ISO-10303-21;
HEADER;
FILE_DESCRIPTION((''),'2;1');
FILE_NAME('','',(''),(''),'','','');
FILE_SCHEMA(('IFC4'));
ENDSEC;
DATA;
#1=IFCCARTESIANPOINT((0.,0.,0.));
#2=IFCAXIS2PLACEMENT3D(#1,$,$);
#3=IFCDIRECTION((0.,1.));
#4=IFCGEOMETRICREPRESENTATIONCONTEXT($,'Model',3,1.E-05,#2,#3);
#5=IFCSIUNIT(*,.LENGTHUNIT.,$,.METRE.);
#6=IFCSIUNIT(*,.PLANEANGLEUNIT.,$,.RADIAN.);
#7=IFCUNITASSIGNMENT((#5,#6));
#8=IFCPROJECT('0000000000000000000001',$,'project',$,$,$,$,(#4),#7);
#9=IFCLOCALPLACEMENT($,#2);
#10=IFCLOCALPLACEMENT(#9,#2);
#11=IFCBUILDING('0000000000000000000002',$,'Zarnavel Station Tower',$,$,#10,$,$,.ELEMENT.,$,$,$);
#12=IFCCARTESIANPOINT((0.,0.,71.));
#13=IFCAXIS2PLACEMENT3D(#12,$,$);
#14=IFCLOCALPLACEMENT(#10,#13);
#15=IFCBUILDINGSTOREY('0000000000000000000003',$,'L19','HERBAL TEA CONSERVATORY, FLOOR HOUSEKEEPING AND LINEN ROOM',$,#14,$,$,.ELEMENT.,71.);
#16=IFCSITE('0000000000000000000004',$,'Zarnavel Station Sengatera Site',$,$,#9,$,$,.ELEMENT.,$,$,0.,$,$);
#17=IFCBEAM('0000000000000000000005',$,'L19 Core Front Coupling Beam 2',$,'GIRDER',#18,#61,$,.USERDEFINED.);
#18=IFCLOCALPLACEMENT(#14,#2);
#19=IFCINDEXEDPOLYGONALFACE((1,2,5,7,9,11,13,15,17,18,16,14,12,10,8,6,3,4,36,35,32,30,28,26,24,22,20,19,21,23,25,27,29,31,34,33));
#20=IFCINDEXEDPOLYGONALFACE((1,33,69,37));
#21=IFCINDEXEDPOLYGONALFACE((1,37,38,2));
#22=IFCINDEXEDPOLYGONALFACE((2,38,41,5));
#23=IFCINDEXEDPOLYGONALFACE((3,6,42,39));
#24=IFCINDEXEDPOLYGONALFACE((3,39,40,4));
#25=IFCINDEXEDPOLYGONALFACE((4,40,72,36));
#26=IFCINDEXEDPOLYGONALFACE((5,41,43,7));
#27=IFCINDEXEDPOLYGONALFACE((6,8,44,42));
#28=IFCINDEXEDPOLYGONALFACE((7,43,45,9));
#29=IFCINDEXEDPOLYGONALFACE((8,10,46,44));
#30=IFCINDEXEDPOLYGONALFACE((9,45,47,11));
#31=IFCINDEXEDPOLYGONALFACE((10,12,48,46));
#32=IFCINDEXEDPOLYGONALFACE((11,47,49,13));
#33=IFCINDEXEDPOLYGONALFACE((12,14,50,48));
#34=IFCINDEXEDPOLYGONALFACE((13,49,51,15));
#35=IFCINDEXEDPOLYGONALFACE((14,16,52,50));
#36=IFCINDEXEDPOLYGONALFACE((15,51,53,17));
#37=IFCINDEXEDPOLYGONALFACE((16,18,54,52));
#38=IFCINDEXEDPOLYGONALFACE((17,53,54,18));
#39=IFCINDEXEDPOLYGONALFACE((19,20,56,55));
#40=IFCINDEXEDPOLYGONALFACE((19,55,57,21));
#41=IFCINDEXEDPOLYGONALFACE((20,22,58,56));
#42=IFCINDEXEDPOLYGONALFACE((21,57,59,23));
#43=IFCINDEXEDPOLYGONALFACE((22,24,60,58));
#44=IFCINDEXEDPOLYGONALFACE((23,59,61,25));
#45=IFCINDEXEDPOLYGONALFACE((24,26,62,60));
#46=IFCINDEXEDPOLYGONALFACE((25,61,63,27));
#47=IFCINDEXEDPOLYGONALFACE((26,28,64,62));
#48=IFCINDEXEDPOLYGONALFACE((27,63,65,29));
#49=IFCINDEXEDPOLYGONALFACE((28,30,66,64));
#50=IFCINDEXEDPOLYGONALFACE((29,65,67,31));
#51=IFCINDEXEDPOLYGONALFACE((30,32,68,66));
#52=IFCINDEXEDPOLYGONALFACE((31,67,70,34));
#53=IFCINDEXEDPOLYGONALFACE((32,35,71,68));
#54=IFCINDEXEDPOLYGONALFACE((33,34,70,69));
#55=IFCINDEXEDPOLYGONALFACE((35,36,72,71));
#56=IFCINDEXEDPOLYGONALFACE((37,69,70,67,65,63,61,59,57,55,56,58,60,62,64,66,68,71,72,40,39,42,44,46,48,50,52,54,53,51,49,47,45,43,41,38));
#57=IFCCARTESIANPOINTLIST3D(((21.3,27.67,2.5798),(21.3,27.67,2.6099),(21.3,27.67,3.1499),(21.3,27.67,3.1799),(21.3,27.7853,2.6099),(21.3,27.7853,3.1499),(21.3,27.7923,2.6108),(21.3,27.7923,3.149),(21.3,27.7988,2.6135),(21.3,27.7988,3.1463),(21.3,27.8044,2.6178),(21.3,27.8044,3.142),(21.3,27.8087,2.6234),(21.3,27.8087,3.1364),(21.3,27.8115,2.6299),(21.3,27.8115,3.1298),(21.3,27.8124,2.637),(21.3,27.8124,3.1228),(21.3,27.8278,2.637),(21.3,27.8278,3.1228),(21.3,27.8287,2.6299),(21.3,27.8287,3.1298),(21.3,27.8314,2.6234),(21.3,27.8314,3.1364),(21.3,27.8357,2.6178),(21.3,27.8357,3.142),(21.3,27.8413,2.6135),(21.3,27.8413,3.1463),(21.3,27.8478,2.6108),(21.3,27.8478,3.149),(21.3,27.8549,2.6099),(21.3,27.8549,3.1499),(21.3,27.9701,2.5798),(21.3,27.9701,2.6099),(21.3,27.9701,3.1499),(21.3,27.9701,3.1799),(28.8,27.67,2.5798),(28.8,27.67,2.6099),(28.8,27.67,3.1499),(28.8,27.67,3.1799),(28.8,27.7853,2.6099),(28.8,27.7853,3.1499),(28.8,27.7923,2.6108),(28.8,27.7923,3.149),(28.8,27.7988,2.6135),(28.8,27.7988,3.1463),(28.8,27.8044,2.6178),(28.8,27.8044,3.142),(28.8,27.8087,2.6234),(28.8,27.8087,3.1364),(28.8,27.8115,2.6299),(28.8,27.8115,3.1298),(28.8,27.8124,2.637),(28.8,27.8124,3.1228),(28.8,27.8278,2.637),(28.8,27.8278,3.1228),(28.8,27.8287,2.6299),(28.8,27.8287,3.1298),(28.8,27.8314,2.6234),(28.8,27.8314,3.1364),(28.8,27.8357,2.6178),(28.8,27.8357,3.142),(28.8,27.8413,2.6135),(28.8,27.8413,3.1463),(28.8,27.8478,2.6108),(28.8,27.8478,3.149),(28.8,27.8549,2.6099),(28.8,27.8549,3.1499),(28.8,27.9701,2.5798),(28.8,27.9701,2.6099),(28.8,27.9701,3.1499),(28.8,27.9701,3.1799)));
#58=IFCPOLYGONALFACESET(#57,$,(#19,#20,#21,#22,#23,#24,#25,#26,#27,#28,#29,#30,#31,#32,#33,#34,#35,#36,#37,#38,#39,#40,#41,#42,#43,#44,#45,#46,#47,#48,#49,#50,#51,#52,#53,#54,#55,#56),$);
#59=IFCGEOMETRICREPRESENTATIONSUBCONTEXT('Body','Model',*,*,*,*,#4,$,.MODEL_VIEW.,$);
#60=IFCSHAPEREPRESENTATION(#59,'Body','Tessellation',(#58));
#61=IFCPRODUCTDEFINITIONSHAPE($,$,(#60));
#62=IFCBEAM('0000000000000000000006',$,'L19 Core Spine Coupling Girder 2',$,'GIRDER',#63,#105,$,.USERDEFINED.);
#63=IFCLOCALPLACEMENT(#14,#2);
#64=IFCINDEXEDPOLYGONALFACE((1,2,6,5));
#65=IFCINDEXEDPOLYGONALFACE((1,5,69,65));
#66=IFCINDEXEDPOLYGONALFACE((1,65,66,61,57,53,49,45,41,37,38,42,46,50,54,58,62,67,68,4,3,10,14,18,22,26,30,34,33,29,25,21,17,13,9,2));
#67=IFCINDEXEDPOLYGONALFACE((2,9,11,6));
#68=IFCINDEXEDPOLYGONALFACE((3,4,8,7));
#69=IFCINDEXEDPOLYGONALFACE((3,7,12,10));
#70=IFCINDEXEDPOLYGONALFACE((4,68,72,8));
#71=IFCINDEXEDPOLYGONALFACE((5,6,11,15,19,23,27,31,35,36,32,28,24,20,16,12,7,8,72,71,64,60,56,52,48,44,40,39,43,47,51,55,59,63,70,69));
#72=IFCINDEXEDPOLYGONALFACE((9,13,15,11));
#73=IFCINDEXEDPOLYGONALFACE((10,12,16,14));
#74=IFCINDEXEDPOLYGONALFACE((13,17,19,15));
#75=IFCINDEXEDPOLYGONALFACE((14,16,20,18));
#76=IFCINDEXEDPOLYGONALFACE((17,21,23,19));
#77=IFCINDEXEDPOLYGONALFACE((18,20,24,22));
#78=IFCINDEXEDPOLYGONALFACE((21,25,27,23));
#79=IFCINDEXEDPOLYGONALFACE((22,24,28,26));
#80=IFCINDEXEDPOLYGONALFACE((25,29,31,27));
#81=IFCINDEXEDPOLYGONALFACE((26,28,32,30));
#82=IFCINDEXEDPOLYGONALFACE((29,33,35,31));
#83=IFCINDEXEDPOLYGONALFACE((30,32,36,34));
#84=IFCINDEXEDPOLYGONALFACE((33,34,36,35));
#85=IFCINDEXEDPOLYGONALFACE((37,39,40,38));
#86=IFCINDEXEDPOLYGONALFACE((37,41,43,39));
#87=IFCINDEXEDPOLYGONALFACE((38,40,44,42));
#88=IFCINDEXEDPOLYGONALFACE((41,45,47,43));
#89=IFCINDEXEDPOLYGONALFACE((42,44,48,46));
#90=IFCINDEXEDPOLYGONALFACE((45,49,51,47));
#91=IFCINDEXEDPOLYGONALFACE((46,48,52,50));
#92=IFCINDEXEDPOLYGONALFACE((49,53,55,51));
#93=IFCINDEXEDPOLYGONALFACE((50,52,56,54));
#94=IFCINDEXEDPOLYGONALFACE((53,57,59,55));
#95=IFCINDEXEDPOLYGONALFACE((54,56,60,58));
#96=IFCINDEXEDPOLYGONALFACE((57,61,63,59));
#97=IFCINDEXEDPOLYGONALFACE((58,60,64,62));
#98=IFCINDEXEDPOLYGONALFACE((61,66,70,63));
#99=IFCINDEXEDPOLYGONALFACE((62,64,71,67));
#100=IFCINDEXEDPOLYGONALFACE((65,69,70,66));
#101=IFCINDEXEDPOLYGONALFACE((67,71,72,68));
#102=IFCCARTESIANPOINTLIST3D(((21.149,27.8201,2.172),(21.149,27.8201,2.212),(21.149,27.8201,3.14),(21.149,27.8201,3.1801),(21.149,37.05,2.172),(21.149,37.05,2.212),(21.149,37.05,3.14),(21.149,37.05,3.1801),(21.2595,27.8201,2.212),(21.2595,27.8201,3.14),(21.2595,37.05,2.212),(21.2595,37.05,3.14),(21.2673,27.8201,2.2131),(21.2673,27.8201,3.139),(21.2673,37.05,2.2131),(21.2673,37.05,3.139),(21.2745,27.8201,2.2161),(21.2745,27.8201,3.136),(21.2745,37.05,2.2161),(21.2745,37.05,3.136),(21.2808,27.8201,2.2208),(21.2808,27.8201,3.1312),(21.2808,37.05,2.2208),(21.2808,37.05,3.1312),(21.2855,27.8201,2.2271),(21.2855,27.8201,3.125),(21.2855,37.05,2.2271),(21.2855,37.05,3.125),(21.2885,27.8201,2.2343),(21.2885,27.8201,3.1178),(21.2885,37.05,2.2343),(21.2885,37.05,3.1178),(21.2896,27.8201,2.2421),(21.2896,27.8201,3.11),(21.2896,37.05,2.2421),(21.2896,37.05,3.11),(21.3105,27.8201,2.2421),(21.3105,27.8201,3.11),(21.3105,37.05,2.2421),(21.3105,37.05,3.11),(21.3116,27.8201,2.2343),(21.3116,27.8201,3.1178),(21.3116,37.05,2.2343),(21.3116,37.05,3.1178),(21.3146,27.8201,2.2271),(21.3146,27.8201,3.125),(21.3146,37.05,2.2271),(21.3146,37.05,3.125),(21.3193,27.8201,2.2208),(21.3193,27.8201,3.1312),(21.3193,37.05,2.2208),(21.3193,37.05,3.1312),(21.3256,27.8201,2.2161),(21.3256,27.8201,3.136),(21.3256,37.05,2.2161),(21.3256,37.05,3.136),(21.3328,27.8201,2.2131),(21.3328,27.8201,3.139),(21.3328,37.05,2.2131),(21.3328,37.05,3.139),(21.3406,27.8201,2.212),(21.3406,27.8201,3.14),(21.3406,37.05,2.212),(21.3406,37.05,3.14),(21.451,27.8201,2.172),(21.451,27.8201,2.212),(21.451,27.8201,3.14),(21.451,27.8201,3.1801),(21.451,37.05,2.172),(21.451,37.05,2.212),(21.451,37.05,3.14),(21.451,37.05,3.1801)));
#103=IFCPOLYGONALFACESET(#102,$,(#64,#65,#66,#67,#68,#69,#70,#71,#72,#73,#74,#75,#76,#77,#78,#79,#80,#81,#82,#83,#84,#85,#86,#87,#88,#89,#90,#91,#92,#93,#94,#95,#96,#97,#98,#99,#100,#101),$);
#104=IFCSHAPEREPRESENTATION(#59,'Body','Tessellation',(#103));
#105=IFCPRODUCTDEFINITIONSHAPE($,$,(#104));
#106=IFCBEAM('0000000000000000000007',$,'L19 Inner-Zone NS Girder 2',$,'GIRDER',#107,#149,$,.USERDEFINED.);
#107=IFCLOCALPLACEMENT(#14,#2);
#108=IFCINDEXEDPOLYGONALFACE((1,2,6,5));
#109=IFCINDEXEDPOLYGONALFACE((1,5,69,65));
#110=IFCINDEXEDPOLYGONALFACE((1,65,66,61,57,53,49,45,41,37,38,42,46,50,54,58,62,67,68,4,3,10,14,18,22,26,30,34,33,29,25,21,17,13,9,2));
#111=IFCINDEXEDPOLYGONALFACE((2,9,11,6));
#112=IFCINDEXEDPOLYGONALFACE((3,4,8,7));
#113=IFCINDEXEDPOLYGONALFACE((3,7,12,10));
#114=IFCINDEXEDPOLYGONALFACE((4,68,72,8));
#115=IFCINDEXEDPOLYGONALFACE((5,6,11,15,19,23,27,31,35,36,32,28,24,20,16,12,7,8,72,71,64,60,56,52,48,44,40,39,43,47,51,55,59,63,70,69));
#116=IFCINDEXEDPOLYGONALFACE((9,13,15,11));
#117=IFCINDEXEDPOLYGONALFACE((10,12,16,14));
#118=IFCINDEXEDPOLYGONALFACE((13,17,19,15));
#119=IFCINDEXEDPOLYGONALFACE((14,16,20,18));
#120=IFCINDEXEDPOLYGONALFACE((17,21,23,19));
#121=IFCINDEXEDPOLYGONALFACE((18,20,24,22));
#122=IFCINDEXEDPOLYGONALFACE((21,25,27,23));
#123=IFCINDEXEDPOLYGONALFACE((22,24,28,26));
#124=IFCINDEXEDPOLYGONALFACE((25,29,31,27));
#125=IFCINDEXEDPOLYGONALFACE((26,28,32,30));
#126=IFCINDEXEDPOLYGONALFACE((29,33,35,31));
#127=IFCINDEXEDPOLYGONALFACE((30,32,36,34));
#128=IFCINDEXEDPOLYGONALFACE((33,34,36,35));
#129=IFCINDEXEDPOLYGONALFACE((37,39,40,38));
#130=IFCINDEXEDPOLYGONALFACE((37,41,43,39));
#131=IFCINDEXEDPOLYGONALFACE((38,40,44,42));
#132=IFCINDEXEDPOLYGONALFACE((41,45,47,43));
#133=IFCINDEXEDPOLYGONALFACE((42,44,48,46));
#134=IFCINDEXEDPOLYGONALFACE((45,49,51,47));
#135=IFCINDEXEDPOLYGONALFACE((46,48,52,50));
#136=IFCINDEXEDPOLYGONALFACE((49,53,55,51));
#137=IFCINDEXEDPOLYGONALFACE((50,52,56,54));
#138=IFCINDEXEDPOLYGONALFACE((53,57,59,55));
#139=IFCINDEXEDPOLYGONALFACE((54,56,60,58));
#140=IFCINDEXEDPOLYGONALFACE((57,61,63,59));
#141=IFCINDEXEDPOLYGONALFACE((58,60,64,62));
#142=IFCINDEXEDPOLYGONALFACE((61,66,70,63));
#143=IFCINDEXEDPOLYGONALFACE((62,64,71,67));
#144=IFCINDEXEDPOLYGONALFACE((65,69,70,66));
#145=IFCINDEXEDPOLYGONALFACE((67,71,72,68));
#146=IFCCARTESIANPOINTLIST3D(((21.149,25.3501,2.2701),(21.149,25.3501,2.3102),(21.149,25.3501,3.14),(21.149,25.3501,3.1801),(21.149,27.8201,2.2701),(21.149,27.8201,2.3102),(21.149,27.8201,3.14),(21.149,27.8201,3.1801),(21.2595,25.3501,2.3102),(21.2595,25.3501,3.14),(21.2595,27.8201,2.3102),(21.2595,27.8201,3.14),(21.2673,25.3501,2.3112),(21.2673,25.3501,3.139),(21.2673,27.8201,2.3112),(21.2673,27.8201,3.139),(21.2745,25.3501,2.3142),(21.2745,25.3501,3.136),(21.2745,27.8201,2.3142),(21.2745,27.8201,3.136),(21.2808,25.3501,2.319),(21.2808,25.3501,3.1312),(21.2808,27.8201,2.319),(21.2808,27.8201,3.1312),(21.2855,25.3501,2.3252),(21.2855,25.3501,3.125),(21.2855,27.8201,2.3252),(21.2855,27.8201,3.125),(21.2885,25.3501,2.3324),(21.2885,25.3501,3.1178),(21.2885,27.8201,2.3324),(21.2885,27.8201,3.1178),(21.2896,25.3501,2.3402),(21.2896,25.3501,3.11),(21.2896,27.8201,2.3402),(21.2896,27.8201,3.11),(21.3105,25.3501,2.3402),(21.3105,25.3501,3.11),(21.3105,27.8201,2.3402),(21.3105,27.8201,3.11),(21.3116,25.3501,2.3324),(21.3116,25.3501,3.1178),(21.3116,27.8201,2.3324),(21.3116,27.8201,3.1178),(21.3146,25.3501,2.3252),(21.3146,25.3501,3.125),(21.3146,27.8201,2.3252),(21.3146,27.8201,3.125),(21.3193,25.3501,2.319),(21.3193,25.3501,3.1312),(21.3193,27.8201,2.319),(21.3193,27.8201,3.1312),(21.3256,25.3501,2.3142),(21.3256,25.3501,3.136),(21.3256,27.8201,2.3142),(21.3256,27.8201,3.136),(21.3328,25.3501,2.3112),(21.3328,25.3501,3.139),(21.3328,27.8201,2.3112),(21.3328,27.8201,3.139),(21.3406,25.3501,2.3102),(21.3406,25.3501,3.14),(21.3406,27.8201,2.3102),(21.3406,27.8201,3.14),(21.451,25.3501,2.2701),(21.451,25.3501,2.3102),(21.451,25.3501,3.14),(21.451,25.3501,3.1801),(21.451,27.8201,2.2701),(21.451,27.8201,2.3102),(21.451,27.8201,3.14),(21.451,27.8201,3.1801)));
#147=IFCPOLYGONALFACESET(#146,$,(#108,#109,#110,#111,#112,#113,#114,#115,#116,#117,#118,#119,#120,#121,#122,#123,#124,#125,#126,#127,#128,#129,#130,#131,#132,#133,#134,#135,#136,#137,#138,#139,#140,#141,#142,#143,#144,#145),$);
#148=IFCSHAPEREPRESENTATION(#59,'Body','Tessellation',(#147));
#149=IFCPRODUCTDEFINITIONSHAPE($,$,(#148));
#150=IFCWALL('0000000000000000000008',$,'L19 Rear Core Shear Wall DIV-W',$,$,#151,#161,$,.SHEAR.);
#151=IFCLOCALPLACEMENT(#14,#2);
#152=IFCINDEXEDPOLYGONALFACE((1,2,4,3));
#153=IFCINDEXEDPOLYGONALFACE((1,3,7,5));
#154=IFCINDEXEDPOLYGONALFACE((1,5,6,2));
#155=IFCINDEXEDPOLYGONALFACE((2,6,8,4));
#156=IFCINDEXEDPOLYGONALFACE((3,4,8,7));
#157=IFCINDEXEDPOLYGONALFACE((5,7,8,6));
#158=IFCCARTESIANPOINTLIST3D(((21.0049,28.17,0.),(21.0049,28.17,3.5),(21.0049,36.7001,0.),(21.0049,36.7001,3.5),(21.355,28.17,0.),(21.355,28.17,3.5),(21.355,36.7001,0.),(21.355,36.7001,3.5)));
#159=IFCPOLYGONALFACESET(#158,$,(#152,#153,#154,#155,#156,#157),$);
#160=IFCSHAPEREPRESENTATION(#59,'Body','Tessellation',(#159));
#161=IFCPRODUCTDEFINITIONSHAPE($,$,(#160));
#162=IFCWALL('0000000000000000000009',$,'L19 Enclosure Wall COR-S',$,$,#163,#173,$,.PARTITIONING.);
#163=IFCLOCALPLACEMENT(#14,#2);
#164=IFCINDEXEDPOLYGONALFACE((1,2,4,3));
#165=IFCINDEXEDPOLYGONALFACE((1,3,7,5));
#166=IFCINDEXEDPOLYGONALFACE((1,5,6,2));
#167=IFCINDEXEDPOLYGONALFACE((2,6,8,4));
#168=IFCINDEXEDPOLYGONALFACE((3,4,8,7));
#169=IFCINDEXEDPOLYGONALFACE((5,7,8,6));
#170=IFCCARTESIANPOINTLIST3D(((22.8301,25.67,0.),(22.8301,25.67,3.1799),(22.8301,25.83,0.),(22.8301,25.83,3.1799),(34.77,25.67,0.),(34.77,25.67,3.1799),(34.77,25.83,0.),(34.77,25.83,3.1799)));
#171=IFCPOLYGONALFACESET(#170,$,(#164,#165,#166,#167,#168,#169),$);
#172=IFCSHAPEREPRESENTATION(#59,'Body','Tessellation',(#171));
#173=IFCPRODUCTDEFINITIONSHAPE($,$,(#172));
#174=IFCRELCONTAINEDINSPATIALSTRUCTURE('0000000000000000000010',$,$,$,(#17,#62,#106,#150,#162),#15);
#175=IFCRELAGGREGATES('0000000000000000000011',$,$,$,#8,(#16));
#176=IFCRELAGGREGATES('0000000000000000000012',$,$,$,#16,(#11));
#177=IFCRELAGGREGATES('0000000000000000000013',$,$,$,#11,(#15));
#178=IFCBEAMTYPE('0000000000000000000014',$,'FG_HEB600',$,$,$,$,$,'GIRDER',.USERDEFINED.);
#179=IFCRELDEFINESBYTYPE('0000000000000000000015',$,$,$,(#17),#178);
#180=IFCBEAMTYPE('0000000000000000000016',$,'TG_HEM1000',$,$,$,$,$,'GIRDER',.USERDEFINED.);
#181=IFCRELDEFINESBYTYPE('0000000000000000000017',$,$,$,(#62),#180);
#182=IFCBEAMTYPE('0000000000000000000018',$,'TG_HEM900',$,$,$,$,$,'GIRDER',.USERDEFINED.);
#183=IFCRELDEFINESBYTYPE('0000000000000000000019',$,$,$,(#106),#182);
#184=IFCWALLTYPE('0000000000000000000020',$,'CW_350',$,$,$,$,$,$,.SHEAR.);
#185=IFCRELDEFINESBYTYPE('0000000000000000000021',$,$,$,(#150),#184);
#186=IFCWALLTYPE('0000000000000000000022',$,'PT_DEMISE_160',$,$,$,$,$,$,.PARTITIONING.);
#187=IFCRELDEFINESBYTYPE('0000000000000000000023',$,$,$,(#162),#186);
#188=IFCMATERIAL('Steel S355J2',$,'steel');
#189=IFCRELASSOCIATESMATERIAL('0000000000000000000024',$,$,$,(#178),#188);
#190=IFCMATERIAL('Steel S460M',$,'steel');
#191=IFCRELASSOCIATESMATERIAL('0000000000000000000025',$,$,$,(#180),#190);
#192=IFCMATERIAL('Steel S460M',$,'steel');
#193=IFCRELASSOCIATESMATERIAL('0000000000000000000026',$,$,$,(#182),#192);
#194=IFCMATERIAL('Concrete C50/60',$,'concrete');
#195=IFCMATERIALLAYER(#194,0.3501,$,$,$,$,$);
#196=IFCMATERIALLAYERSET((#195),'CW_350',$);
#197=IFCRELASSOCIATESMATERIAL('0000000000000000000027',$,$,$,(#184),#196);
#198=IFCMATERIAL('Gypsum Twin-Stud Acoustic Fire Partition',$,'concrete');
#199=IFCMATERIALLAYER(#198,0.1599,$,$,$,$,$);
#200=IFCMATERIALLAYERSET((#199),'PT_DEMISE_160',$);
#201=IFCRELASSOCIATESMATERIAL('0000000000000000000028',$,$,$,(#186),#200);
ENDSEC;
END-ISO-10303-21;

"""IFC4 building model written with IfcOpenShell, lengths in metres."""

from ifc_helpers import new_model, si_unit, direction, frame, frame_2d, origin, origin_2d, place, context, subcontext, project, spatial, rectangle, i_section, extrude, material, layer, layer_set, material_profile, profile_set, type_object, element, save


model = new_model("IFC4")

# Units and contexts
model_context = context("Model", 3, precision=1e-05, world=origin(), true_north=direction((0.0, 1.0)))
body_context = subcontext(model_context, "Body", "Model", "MODEL_VIEW")
ifc_project = project(units=[si_unit("LENGTHUNIT", "METRE"), si_unit("PLANEANGLEUNIT", "RADIAN")], contexts=[model_context])

# Site, building, storey
site_placement = place(None, origin())
site = spatial("IfcSite", under=ifc_project, at=site_placement, Name="Zarnavel Station Sengatera Site", CompositionType="ELEMENT", RefElevation=0.0)
building_placement = place(site_placement, origin())
building = spatial("IfcBuilding", under=site, at=building_placement, Name="Zarnavel Station Tower", CompositionType="ELEMENT")
storey_placement = place(building_placement, frame((0.0, 0.0, 71.0)))
storey = spatial("IfcBuildingStorey", under=building, at=storey_placement, Name="L19", Description="HERBAL TEA CONSERVATORY, FLOOR HOUSEKEEPING AND LINEN ROOM", CompositionType="ELEMENT", Elevation=71.0)

# Beams
ifc_material_1 = material(Name="Steel S355J2", Category="steel")
ifc_material_profile_1 = material_profile(ifc_material_1, i_section(OverallWidth=0.3, OverallDepth=0.6001, WebThickness=0.0154, FlangeThickness=0.03, FilletRadius=0.0271, at=origin_2d()), Name="HEB600")
ifc_profile_set_1 = profile_set([ifc_material_profile_1], Name="Steel S355J2")
beam_type_1 = type_object("IfcBeamType", Name="FG_HEB600", ElementType="GIRDER", PredefinedType="USERDEFINED", material=ifc_profile_set_1)
beam_1_placement = place(storey_placement, frame((21.3, 27.8201, 2.8799), z_axis=(1.0, 0.0, 0.0), x_axis=(0.0, 1.0, 0.0)))
element("IfcBeam", 1, at=beam_1_placement, inside=storey, type_object=beam_type_1, Name="L19 Core Front Coupling Beam 2", ObjectType="GIRDER", PredefinedType="USERDEFINED", context=body_context, shape_type="SweptSolid", body=[
    extrude(i_section(OverallWidth=0.3, OverallDepth=0.6001, WebThickness=0.0154, FlangeThickness=0.03, FilletRadius=0.0271, at=origin_2d()), origin(), (0.0, 0.0, 1.0), 7.5),
])
ifc_material_2 = material(Name="Steel S460M", Category="steel")
ifc_material_profile_2 = material_profile(ifc_material_2, i_section(OverallWidth=0.302, OverallDepth=1.0081, WebThickness=0.021, FlangeThickness=0.04, FilletRadius=0.03, at=origin_2d()), Name="HEM1000")
ifc_profile_set_2 = profile_set([ifc_material_profile_2], Name="Steel S460M")
beam_type_2 = type_object("IfcBeamType", Name="TG_HEM1000", ElementType="GIRDER", PredefinedType="USERDEFINED", material=ifc_profile_set_2)
beam_2_placement = place(storey_placement, frame((21.3, 27.8201, 2.676), z_axis=(0.0, 1.0, 0.0), x_axis=(-1.0, 0.0, 0.0)))
element("IfcBeam", 2, at=beam_2_placement, inside=storey, type_object=beam_type_2, Name="L19 Core Spine Coupling Girder 2", ObjectType="GIRDER", PredefinedType="USERDEFINED", context=body_context, shape_type="SweptSolid", body=[
    extrude(i_section(OverallWidth=0.302, OverallDepth=1.0081, WebThickness=0.021, FlangeThickness=0.04, FilletRadius=0.03, at=origin_2d()), origin(), (0.0, 0.0, 1.0), 9.23),
])
ifc_material_3 = material(Name="Steel S460M", Category="steel")
ifc_material_profile_3 = material_profile(ifc_material_3, i_section(OverallWidth=0.302, OverallDepth=0.9099, WebThickness=0.021, FlangeThickness=0.04, FilletRadius=0.03, at=origin_2d()), Name="HEM900")
ifc_profile_set_3 = profile_set([ifc_material_profile_3], Name="Steel S460M")
beam_type_3 = type_object("IfcBeamType", Name="TG_HEM900", ElementType="GIRDER", PredefinedType="USERDEFINED", material=ifc_profile_set_3)
beam_3_placement = place(storey_placement, frame((21.3, 25.3501, 2.7251), z_axis=(0.0, 1.0, 0.0), x_axis=(-1.0, 0.0, 0.0)))
element("IfcBeam", 3, at=beam_3_placement, inside=storey, type_object=beam_type_3, Name="L19 Inner-Zone NS Girder 2", ObjectType="GIRDER", PredefinedType="USERDEFINED", context=body_context, shape_type="SweptSolid", body=[
    extrude(i_section(OverallWidth=0.302, OverallDepth=0.9099, WebThickness=0.021, FlangeThickness=0.04, FilletRadius=0.03, at=origin_2d()), origin(), (0.0, 0.0, 1.0), 2.47),
])

# Walls
ifc_material_4 = material(Name="Concrete C50/60", Category="concrete")
ifc_layer_1 = layer(ifc_material_4, 0.3501)
ifc_layer_set_1 = layer_set([ifc_layer_1], Name="CW_350")
wall_type_1 = type_object("IfcWallType", Name="CW_350", PredefinedType="SHEAR", material=ifc_layer_set_1)
wall_1_placement = place(storey_placement, frame((21.1799, 28.1699, 0.0), z_axis=(0.0, 0.0, 1.0), x_axis=(0.0, 1.0, 0.0)))
element("IfcWall", 4, at=wall_1_placement, inside=storey, type_object=wall_type_1, Name="L19 Rear Core Shear Wall DIV-W", PredefinedType="SHEAR", context=body_context, shape_type="SweptSolid", body=[
    extrude(rectangle(XDim=8.53, YDim=0.3501, at=frame_2d((4.2651, 0.0))), origin(), (0.0, 0.0, 1.0), 3.5),
])
ifc_material_5 = material(Name="Gypsum Twin-Stud Acoustic Fire Partition", Category="concrete")
ifc_layer_2 = layer(ifc_material_5, 0.1599)
ifc_layer_set_2 = layer_set([ifc_layer_2], Name="PT_DEMISE_160")
wall_type_2 = type_object("IfcWallType", Name="PT_DEMISE_160", PredefinedType="PARTITIONING", material=ifc_layer_set_2)
wall_2_placement = place(storey_placement, frame((22.8301, 25.75, 0.0), z_axis=(0.0, 0.0, 1.0), x_axis=(1.0, 0.0, 0.0)))
element("IfcWall", 5, at=wall_2_placement, inside=storey, type_object=wall_type_2, Name="L19 Enclosure Wall COR-S", PredefinedType="PARTITIONING", context=body_context, shape_type="SweptSolid", body=[
    extrude(rectangle(XDim=11.9399, YDim=0.1599, at=frame_2d((5.97, 0.0))), origin(), (0.0, 0.0, 1.0), 3.1799),
])

save(model, "model.ifc")
